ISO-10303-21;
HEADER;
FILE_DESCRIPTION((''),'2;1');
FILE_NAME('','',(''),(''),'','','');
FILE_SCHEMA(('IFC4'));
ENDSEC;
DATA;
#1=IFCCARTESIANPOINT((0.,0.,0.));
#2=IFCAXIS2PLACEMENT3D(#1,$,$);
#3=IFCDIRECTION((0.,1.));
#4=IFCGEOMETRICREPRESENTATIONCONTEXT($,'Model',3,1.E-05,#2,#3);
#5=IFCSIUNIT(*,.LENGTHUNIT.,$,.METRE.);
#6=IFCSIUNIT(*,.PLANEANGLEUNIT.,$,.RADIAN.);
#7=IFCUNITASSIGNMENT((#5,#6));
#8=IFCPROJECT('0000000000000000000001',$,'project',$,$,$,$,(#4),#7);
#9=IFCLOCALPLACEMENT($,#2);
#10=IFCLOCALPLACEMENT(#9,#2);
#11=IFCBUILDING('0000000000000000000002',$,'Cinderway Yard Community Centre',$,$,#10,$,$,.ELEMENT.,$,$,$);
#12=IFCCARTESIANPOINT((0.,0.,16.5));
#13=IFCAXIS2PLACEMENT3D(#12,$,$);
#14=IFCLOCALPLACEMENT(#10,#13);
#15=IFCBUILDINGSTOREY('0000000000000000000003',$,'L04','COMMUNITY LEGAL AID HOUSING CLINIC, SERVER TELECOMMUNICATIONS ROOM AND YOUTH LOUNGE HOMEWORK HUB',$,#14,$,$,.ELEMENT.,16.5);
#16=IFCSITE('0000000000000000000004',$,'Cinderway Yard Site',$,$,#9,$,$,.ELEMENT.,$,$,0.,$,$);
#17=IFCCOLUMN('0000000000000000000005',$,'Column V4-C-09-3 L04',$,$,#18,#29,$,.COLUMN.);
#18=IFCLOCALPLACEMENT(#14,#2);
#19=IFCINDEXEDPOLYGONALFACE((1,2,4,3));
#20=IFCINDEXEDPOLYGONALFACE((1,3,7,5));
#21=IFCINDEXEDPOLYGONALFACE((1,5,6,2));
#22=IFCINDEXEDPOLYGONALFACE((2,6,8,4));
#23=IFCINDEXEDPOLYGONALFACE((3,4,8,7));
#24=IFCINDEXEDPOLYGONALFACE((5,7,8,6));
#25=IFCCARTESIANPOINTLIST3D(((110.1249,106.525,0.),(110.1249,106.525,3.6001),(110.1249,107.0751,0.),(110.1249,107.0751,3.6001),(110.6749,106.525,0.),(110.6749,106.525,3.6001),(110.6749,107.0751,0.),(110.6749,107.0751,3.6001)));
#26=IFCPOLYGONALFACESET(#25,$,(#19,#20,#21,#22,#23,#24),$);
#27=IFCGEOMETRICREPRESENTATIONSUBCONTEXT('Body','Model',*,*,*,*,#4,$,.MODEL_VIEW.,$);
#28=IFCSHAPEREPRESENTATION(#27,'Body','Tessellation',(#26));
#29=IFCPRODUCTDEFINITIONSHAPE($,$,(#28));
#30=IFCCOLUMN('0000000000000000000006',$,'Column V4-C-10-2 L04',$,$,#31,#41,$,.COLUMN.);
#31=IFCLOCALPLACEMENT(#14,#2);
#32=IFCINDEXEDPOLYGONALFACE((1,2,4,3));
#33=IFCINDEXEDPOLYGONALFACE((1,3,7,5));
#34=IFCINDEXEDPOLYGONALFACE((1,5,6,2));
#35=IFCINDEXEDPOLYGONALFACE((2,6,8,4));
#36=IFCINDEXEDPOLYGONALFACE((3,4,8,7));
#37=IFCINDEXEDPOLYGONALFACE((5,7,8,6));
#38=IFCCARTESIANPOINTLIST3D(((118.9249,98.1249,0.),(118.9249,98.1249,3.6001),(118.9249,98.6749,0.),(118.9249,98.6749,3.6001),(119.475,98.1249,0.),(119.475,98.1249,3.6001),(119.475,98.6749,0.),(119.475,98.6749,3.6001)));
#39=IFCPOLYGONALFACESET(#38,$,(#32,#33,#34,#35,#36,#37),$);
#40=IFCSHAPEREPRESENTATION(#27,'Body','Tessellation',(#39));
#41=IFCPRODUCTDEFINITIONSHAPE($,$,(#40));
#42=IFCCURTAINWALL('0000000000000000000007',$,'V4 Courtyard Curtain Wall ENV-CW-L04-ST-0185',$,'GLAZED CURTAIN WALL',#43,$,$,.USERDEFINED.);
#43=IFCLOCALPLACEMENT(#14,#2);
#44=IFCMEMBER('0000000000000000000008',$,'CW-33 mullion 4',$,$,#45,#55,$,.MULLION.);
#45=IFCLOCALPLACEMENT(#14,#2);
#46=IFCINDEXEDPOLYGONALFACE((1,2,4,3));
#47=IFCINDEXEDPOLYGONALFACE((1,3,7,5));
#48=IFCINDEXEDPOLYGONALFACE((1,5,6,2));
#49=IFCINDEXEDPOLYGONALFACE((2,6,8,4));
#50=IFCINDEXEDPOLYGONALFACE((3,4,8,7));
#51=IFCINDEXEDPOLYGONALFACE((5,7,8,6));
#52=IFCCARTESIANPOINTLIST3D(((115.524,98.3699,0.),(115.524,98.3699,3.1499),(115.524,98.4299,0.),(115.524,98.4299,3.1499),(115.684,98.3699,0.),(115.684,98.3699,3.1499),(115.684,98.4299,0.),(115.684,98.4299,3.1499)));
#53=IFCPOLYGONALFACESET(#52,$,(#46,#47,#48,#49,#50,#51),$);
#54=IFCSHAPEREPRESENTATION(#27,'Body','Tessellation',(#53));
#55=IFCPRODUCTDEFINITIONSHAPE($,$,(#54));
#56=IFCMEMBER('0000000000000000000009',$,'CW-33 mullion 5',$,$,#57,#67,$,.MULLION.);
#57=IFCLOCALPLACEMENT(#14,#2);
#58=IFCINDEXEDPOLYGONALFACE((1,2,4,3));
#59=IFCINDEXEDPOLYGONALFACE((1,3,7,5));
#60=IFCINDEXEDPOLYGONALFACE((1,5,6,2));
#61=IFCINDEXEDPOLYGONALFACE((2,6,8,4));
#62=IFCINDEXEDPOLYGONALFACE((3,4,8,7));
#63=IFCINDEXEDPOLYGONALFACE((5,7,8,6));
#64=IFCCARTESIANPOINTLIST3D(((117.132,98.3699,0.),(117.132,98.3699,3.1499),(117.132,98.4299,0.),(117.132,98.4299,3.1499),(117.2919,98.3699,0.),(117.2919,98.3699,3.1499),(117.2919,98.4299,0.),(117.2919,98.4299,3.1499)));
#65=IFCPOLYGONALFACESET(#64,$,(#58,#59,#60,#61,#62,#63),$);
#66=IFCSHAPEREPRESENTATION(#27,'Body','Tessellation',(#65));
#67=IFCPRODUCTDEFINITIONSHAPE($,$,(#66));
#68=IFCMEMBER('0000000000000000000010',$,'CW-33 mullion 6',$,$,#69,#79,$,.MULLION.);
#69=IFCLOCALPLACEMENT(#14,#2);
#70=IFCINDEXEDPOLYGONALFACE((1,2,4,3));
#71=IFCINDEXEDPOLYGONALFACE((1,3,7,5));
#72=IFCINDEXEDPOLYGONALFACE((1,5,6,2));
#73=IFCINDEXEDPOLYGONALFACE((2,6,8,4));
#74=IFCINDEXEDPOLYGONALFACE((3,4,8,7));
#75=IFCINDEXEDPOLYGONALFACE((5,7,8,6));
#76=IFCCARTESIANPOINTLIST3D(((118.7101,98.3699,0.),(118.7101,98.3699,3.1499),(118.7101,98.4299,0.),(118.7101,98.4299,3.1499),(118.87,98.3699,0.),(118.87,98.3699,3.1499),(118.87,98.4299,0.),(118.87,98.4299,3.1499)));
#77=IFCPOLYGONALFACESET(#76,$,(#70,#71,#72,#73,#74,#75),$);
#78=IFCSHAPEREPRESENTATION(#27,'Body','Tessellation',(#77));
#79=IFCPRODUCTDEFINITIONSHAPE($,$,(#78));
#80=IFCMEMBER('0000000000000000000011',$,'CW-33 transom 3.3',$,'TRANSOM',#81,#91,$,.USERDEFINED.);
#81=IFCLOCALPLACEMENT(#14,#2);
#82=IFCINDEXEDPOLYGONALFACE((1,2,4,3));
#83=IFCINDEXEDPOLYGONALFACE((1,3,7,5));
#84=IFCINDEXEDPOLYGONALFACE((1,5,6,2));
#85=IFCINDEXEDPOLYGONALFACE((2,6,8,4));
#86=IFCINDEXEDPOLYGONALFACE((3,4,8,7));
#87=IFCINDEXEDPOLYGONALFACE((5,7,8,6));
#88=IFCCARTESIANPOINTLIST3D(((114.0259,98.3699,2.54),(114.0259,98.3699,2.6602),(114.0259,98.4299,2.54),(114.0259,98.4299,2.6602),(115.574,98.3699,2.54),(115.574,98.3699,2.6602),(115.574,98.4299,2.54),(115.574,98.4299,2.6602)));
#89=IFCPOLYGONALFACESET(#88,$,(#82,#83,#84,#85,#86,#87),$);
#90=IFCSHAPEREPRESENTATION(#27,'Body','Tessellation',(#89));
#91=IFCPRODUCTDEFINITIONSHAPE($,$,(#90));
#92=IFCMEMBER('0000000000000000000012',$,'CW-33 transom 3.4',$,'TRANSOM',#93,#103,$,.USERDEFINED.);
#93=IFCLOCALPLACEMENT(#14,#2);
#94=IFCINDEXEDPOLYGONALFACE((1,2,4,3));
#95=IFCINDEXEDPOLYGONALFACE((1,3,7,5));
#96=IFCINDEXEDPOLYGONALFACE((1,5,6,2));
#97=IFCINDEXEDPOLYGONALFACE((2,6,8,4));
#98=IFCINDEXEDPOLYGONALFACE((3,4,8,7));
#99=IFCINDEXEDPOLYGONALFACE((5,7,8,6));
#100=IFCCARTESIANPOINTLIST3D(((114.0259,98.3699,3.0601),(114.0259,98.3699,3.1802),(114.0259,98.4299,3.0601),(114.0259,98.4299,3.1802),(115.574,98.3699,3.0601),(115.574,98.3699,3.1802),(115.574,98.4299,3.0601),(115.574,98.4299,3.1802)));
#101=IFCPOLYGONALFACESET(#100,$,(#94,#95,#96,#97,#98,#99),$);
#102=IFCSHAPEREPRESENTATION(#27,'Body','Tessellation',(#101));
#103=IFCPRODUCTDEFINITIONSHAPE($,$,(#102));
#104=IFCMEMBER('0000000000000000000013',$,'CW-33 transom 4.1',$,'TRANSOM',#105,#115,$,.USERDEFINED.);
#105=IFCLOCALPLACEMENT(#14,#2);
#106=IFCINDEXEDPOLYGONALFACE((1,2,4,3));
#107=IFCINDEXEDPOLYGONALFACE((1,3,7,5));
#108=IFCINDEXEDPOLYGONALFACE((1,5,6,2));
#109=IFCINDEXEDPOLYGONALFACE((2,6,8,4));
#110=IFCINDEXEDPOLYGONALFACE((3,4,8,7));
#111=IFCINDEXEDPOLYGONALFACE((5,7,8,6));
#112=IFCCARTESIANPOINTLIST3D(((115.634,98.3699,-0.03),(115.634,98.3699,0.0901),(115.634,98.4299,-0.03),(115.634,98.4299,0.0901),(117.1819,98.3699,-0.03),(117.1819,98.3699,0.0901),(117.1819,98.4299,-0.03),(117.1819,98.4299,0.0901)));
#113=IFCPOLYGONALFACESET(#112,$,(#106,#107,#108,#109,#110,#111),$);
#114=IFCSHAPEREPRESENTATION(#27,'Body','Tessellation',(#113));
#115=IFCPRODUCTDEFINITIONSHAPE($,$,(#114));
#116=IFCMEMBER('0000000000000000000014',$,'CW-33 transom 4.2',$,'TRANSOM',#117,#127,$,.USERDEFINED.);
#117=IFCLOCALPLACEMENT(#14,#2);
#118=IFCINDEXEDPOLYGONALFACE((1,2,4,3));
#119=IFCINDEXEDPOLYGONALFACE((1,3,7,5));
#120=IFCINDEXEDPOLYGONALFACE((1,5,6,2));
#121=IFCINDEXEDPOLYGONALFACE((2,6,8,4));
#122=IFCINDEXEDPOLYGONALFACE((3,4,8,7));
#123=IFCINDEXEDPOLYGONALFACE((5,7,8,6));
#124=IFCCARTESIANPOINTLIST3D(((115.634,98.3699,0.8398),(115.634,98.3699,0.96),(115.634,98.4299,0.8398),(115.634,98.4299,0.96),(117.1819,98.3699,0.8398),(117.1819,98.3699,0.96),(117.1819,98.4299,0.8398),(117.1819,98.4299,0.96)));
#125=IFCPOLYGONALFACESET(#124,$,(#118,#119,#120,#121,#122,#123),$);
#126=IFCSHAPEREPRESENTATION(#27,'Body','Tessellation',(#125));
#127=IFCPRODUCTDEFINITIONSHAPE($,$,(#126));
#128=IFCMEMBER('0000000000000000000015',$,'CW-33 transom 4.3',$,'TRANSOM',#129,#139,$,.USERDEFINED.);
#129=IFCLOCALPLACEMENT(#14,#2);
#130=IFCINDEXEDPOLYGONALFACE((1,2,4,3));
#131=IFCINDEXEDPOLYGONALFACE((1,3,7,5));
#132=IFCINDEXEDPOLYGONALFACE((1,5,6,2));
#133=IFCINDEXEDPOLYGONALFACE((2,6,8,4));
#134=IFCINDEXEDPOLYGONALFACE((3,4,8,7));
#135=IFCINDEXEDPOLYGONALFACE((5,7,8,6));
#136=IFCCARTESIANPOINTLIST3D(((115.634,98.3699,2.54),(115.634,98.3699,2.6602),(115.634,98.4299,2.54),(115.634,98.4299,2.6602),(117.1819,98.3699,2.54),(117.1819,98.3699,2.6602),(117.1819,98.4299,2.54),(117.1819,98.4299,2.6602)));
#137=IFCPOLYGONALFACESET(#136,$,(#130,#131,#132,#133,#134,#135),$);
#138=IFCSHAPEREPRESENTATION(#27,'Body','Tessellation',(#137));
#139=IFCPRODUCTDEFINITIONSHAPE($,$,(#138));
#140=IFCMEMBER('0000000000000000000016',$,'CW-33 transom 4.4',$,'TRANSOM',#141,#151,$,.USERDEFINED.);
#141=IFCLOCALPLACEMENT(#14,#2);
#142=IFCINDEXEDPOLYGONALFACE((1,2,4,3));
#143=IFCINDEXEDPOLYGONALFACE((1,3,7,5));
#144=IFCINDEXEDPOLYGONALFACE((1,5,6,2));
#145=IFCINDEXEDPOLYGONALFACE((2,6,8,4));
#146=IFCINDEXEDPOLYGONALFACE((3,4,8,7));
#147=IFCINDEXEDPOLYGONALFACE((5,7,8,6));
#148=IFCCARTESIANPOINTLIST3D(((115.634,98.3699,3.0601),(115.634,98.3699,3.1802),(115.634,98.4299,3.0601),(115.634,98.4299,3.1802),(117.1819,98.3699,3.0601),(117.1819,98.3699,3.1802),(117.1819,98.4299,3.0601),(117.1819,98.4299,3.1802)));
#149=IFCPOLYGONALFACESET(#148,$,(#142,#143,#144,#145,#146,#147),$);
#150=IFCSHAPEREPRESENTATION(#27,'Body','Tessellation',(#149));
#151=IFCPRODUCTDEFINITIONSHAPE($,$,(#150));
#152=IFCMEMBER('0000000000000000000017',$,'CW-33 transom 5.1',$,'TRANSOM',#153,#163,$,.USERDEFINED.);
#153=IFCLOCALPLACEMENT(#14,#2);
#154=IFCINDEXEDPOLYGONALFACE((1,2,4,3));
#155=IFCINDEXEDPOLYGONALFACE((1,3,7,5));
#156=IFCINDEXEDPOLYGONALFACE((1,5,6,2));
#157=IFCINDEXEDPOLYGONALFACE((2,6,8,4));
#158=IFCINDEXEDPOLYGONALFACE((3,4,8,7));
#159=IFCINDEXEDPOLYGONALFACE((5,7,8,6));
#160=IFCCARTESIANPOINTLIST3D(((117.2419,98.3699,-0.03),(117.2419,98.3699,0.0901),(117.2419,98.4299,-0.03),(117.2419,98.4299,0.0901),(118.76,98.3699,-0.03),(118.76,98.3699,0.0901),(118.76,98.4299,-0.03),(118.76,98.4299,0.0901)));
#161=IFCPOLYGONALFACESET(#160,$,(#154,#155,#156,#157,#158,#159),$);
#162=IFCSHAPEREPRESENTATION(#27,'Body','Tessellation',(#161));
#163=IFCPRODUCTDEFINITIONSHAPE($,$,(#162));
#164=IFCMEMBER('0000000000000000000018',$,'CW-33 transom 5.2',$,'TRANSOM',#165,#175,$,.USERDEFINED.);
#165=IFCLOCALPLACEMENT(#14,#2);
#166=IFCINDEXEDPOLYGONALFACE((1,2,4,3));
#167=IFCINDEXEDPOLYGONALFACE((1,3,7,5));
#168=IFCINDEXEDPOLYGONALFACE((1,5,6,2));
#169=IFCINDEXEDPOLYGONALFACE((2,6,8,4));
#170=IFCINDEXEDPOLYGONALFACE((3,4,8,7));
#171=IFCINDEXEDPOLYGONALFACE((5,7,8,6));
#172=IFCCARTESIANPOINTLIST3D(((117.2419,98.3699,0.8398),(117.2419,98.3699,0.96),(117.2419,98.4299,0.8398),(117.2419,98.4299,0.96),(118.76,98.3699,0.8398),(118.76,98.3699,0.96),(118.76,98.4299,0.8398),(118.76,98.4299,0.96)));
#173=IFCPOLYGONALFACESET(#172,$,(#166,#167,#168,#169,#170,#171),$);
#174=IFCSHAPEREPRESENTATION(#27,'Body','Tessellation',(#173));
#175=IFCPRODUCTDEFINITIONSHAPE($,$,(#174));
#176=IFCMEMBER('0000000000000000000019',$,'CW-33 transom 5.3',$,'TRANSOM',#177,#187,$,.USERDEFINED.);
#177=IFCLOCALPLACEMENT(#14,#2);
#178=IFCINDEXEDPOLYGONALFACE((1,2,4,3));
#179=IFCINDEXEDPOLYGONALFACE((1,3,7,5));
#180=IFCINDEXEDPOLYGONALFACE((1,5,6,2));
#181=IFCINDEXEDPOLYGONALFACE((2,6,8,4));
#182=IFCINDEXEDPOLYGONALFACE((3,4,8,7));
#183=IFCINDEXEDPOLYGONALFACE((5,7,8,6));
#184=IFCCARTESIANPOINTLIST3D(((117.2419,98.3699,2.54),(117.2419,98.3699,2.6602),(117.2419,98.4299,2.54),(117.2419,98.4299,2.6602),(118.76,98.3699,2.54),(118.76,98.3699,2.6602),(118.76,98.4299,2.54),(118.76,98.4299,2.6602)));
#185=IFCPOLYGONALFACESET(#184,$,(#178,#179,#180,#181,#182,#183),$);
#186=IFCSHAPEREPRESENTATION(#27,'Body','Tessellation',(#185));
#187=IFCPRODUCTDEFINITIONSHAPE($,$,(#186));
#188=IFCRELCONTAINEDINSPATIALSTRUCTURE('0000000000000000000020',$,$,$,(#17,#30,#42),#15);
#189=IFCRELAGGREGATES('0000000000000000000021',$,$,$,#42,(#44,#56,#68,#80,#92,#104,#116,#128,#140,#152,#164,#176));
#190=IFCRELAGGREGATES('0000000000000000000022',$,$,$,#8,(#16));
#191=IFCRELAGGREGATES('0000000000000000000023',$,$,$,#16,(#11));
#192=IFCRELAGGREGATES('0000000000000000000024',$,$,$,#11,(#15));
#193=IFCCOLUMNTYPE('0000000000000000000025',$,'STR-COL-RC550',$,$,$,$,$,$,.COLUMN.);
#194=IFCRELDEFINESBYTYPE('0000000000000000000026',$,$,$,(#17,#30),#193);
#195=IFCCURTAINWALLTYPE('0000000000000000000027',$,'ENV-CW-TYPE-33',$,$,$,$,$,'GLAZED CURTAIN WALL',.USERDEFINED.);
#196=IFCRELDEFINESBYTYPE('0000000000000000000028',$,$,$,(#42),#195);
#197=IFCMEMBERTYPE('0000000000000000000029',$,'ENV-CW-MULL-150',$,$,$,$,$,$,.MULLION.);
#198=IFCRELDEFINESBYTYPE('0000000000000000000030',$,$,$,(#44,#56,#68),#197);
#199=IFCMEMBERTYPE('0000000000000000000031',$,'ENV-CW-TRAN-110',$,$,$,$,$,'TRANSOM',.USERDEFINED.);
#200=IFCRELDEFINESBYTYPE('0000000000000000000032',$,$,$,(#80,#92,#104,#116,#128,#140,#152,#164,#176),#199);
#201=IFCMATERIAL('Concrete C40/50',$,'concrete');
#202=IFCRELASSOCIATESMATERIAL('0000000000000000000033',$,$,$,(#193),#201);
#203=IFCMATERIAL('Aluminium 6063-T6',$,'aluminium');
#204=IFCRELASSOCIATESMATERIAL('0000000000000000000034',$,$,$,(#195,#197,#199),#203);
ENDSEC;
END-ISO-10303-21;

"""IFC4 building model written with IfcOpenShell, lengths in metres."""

from ifc_helpers import new_model, si_unit, direction, frame, origin, origin_2d, place, context, subcontext, project, spatial, rectangle, extrude, material, material_profile, profile_set, type_object, element, aggregate, save


model = new_model("IFC4")

# Units and contexts
model_context = context("Model", 3, precision=1e-05, world=origin(), true_north=direction((0.0, 1.0)))
body_context = subcontext(model_context, "Body", "Model", "MODEL_VIEW")
ifc_project = project(units=[si_unit("LENGTHUNIT", "METRE"), si_unit("PLANEANGLEUNIT", "RADIAN")], contexts=[model_context])

# Site, building, storey
site_placement = place(None, origin())
site = spatial("IfcSite", under=ifc_project, at=site_placement, Name="Cinderway Yard Site", CompositionType="ELEMENT", RefElevation=0.0)
building_placement = place(site_placement, origin())
building = spatial("IfcBuilding", under=site, at=building_placement, Name="Cinderway Yard Community Centre", CompositionType="ELEMENT")
storey_placement = place(building_placement, frame((0.0, 0.0, 16.5)))
storey = spatial("IfcBuildingStorey", under=building, at=storey_placement, Name="L04", Description="COMMUNITY LEGAL AID HOUSING CLINIC, SERVER TELECOMMUNICATIONS ROOM AND YOUTH LOUNGE HOMEWORK HUB", CompositionType="ELEMENT", Elevation=16.5)

# Columns
ifc_material_1 = material(Name="Concrete C40/50", Category="concrete")
ifc_material_profile_1 = material_profile(ifc_material_1, rectangle(XDim=0.55, YDim=0.55, at=origin_2d()), Name="Concrete C40/50")
ifc_profile_set_1 = profile_set([ifc_material_profile_1], Name="Concrete C40/50")
column_type = type_object("IfcColumnType", Name="STR-COL-RC550", PredefinedType="COLUMN", material=ifc_profile_set_1)
for number, where, z_axis, x_axis, name in (
    (1, (110.3999, 106.8, 0.0), (0.0, 0.0, 1.0), (1.0, 0.0, 0.0), "Column V4-C-09-3 L04"),
    (2, (119.2, 98.3999, 0.0), (0.0, 0.0, 1.0), (1.0, 0.0, 0.0), "Column V4-C-10-2 L04"),
):
    element("IfcColumn", number, at=place(storey_placement, frame(where, z_axis=z_axis, x_axis=x_axis)), inside=storey, type_object=column_type, Name=name, PredefinedType="COLUMN", context=body_context, shape_type="SweptSolid", body=[
        extrude(rectangle(XDim=0.55, YDim=0.55, at=origin_2d()), origin(), (0.0, 0.0, 1.0), 3.6001),
    ])

# Curtain wall, members
ifc_material_2 = material(Name="Aluminium 6063-T6", Category="aluminium")
curtain_wall_type = type_object("IfcCurtainWallType", Name="ENV-CW-TYPE-33", ElementType="GLAZED CURTAIN WALL", PredefinedType="USERDEFINED", material=ifc_material_2)
curtain_wall_placement = place(storey_placement, origin())
curtain_wall = element("IfcCurtainWall", 3, at=curtain_wall_placement, inside=storey, type_object=curtain_wall_type, Name="V4 Courtyard Curtain Wall ENV-CW-L04-ST-0185", ObjectType="GLAZED CURTAIN WALL", PredefinedType="USERDEFINED")
ifc_material_profile_2 = material_profile(ifc_material_2, rectangle(XDim=0.0601, YDim=0.1599, at=origin_2d()), Name="Aluminium 6063-T6")
ifc_profile_set_2 = profile_set([ifc_material_profile_2], Name="Aluminium 6063-T6")
member_type_1 = type_object("IfcMemberType", Name="ENV-CW-MULL-150", PredefinedType="MULLION", material=ifc_profile_set_2)
member_1_placement = place(storey_placement, frame((115.604, 98.3999, 0.0), z_axis=(0.0, 0.0, 1.0), x_axis=(0.0, 1.0, 0.0)))
member_1 = element("IfcMember", 4, at=member_1_placement, type_object=member_type_1, Name="CW-33 mullion 4", PredefinedType="MULLION", context=body_context, shape_type="SweptSolid", body=[
    extrude(rectangle(XDim=0.0601, YDim=0.1599, at=origin_2d()), origin(), (0.0, 0.0, 1.0), 3.1499),
])
member_2_placement = place(storey_placement, frame((117.2119, 98.3999, 0.0), z_axis=(0.0, 0.0, 1.0), x_axis=(0.0, 1.0, 0.0)))
member_2 = element("IfcMember", 5, at=member_2_placement, type_object=member_type_1, Name="CW-33 mullion 5", PredefinedType="MULLION", context=body_context, shape_type="SweptSolid", body=[
    extrude(rectangle(XDim=0.0601, YDim=0.1599, at=origin_2d()), origin(), (0.0, 0.0, 1.0), 3.1499),
])
member_3_placement = place(storey_placement, frame((118.79, 98.3999, 0.0), z_axis=(0.0, 0.0, 1.0), x_axis=(0.0, 1.0, 0.0)))
member_3 = element("IfcMember", 6, at=member_3_placement, type_object=member_type_1, Name="CW-33 mullion 6", PredefinedType="MULLION", context=body_context, shape_type="SweptSolid", body=[
    extrude(rectangle(XDim=0.0601, YDim=0.1599, at=origin_2d()), origin(), (0.0, 0.0, 1.0), 3.1499),
])
ifc_material_profile_3 = material_profile(ifc_material_2, rectangle(XDim=0.0601, YDim=0.1201, at=origin_2d()), Name="Aluminium 6063-T6")
ifc_profile_set_3 = profile_set([ifc_material_profile_3], Name="Aluminium 6063-T6")
member_type_2 = type_object("IfcMemberType", Name="ENV-CW-TRAN-110", ElementType="TRANSOM", PredefinedType="USERDEFINED", material=ifc_profile_set_3)
member_4_placement = place(storey_placement, frame((114.0259, 98.3999, 2.6001), z_axis=(1.0, 0.0, 0.0), x_axis=(0.0, 1.0, 0.0)))
member_4 = element("IfcMember", 7, at=member_4_placement, type_object=member_type_2, Name="CW-33 transom 3.3", ObjectType="TRANSOM", PredefinedType="USERDEFINED", context=body_context, shape_type="SweptSolid", body=[
    extrude(rectangle(XDim=0.0601, YDim=0.1201, at=origin_2d()), origin(), (0.0, 0.0, 1.0), 1.5481),
])
member_5_placement = place(storey_placement, frame((114.0259, 98.3999, 3.1201), z_axis=(1.0, 0.0, 0.0), x_axis=(0.0, 1.0, 0.0)))
member_5 = element("IfcMember", 8, at=member_5_placement, type_object=member_type_2, Name="CW-33 transom 3.4", ObjectType="TRANSOM", PredefinedType="USERDEFINED", context=body_context, shape_type="SweptSolid", body=[
    extrude(rectangle(XDim=0.0601, YDim=0.1201, at=origin_2d()), origin(), (0.0, 0.0, 1.0), 1.5481),
])
member_6_placement = place(storey_placement, frame((115.634, 98.3999, 0.03), z_axis=(1.0, 0.0, 0.0), x_axis=(0.0, 1.0, 0.0)))
member_6 = element("IfcMember", 9, at=member_6_placement, type_object=member_type_2, Name="CW-33 transom 4.1", ObjectType="TRANSOM", PredefinedType="USERDEFINED", context=body_context, shape_type="SweptSolid", body=[
    extrude(rectangle(XDim=0.0601, YDim=0.1201, at=origin_2d()), origin(), (0.0, 0.0, 1.0), 1.5479),
])
member_7_placement = place(storey_placement, frame((115.634, 98.3999, 0.8999), z_axis=(1.0, 0.0, 0.0), x_axis=(0.0, 1.0, 0.0)))
member_7 = element("IfcMember", 10, at=member_7_placement, type_object=member_type_2, Name="CW-33 transom 4.2", ObjectType="TRANSOM", PredefinedType="USERDEFINED", context=body_context, shape_type="SweptSolid", body=[
    extrude(rectangle(XDim=0.0601, YDim=0.1201, at=origin_2d()), origin(), (0.0, 0.0, 1.0), 1.5479),
])
member_8_placement = place(storey_placement, frame((115.634, 98.3999, 2.6001), z_axis=(1.0, 0.0, 0.0), x_axis=(0.0, 1.0, 0.0)))
member_8 = element("IfcMember", 11, at=member_8_placement, type_object=member_type_2, Name="CW-33 transom 4.3", ObjectType="TRANSOM", PredefinedType="USERDEFINED", context=body_context, shape_type="SweptSolid", body=[
    extrude(rectangle(XDim=0.0601, YDim=0.1201, at=origin_2d()), origin(), (0.0, 0.0, 1.0), 1.5479),
])
member_9_placement = place(storey_placement, frame((115.634, 98.3999, 3.1201), z_axis=(1.0, 0.0, 0.0), x_axis=(0.0, 1.0, 0.0)))
member_9 = element("IfcMember", 12, at=member_9_placement, type_object=member_type_2, Name="CW-33 transom 4.4", ObjectType="TRANSOM", PredefinedType="USERDEFINED", context=body_context, shape_type="SweptSolid", body=[
    extrude(rectangle(XDim=0.0601, YDim=0.1201, at=origin_2d()), origin(), (0.0, 0.0, 1.0), 1.5479),
])
member_10_placement = place(storey_placement, frame((117.2419, 98.3999, 0.03), z_axis=(1.0, 0.0, 0.0), x_axis=(0.0, 1.0, 0.0)))
member_10 = element("IfcMember", 13, at=member_10_placement, type_object=member_type_2, Name="CW-33 transom 5.1", ObjectType="TRANSOM", PredefinedType="USERDEFINED", context=body_context, shape_type="SweptSolid", body=[
    extrude(rectangle(XDim=0.0601, YDim=0.1201, at=origin_2d()), origin(), (0.0, 0.0, 1.0), 1.5181),
])
member_11_placement = place(storey_placement, frame((117.2419, 98.3999, 0.8999), z_axis=(1.0, 0.0, 0.0), x_axis=(0.0, 1.0, 0.0)))
member_11 = element("IfcMember", 14, at=member_11_placement, type_object=member_type_2, Name="CW-33 transom 5.2", ObjectType="TRANSOM", PredefinedType="USERDEFINED", context=body_context, shape_type="SweptSolid", body=[
    extrude(rectangle(XDim=0.0601, YDim=0.1201, at=origin_2d()), origin(), (0.0, 0.0, 1.0), 1.5181),
])
member_12_placement = place(storey_placement, frame((117.2419, 98.3999, 2.6001), z_axis=(1.0, 0.0, 0.0), x_axis=(0.0, 1.0, 0.0)))
member_12 = element("IfcMember", 15, at=member_12_placement, type_object=member_type_2, Name="CW-33 transom 5.3", ObjectType="TRANSOM", PredefinedType="USERDEFINED", context=body_context, shape_type="SweptSolid", body=[
    extrude(rectangle(XDim=0.0601, YDim=0.1201, at=origin_2d()), origin(), (0.0, 0.0, 1.0), 1.5181),
])

aggregate(curtain_wall, [member_1, member_2, member_3, member_4, member_5, member_6, member_7, member_8, member_9, member_10, member_11, member_12])

save(model, "model.ifc")
